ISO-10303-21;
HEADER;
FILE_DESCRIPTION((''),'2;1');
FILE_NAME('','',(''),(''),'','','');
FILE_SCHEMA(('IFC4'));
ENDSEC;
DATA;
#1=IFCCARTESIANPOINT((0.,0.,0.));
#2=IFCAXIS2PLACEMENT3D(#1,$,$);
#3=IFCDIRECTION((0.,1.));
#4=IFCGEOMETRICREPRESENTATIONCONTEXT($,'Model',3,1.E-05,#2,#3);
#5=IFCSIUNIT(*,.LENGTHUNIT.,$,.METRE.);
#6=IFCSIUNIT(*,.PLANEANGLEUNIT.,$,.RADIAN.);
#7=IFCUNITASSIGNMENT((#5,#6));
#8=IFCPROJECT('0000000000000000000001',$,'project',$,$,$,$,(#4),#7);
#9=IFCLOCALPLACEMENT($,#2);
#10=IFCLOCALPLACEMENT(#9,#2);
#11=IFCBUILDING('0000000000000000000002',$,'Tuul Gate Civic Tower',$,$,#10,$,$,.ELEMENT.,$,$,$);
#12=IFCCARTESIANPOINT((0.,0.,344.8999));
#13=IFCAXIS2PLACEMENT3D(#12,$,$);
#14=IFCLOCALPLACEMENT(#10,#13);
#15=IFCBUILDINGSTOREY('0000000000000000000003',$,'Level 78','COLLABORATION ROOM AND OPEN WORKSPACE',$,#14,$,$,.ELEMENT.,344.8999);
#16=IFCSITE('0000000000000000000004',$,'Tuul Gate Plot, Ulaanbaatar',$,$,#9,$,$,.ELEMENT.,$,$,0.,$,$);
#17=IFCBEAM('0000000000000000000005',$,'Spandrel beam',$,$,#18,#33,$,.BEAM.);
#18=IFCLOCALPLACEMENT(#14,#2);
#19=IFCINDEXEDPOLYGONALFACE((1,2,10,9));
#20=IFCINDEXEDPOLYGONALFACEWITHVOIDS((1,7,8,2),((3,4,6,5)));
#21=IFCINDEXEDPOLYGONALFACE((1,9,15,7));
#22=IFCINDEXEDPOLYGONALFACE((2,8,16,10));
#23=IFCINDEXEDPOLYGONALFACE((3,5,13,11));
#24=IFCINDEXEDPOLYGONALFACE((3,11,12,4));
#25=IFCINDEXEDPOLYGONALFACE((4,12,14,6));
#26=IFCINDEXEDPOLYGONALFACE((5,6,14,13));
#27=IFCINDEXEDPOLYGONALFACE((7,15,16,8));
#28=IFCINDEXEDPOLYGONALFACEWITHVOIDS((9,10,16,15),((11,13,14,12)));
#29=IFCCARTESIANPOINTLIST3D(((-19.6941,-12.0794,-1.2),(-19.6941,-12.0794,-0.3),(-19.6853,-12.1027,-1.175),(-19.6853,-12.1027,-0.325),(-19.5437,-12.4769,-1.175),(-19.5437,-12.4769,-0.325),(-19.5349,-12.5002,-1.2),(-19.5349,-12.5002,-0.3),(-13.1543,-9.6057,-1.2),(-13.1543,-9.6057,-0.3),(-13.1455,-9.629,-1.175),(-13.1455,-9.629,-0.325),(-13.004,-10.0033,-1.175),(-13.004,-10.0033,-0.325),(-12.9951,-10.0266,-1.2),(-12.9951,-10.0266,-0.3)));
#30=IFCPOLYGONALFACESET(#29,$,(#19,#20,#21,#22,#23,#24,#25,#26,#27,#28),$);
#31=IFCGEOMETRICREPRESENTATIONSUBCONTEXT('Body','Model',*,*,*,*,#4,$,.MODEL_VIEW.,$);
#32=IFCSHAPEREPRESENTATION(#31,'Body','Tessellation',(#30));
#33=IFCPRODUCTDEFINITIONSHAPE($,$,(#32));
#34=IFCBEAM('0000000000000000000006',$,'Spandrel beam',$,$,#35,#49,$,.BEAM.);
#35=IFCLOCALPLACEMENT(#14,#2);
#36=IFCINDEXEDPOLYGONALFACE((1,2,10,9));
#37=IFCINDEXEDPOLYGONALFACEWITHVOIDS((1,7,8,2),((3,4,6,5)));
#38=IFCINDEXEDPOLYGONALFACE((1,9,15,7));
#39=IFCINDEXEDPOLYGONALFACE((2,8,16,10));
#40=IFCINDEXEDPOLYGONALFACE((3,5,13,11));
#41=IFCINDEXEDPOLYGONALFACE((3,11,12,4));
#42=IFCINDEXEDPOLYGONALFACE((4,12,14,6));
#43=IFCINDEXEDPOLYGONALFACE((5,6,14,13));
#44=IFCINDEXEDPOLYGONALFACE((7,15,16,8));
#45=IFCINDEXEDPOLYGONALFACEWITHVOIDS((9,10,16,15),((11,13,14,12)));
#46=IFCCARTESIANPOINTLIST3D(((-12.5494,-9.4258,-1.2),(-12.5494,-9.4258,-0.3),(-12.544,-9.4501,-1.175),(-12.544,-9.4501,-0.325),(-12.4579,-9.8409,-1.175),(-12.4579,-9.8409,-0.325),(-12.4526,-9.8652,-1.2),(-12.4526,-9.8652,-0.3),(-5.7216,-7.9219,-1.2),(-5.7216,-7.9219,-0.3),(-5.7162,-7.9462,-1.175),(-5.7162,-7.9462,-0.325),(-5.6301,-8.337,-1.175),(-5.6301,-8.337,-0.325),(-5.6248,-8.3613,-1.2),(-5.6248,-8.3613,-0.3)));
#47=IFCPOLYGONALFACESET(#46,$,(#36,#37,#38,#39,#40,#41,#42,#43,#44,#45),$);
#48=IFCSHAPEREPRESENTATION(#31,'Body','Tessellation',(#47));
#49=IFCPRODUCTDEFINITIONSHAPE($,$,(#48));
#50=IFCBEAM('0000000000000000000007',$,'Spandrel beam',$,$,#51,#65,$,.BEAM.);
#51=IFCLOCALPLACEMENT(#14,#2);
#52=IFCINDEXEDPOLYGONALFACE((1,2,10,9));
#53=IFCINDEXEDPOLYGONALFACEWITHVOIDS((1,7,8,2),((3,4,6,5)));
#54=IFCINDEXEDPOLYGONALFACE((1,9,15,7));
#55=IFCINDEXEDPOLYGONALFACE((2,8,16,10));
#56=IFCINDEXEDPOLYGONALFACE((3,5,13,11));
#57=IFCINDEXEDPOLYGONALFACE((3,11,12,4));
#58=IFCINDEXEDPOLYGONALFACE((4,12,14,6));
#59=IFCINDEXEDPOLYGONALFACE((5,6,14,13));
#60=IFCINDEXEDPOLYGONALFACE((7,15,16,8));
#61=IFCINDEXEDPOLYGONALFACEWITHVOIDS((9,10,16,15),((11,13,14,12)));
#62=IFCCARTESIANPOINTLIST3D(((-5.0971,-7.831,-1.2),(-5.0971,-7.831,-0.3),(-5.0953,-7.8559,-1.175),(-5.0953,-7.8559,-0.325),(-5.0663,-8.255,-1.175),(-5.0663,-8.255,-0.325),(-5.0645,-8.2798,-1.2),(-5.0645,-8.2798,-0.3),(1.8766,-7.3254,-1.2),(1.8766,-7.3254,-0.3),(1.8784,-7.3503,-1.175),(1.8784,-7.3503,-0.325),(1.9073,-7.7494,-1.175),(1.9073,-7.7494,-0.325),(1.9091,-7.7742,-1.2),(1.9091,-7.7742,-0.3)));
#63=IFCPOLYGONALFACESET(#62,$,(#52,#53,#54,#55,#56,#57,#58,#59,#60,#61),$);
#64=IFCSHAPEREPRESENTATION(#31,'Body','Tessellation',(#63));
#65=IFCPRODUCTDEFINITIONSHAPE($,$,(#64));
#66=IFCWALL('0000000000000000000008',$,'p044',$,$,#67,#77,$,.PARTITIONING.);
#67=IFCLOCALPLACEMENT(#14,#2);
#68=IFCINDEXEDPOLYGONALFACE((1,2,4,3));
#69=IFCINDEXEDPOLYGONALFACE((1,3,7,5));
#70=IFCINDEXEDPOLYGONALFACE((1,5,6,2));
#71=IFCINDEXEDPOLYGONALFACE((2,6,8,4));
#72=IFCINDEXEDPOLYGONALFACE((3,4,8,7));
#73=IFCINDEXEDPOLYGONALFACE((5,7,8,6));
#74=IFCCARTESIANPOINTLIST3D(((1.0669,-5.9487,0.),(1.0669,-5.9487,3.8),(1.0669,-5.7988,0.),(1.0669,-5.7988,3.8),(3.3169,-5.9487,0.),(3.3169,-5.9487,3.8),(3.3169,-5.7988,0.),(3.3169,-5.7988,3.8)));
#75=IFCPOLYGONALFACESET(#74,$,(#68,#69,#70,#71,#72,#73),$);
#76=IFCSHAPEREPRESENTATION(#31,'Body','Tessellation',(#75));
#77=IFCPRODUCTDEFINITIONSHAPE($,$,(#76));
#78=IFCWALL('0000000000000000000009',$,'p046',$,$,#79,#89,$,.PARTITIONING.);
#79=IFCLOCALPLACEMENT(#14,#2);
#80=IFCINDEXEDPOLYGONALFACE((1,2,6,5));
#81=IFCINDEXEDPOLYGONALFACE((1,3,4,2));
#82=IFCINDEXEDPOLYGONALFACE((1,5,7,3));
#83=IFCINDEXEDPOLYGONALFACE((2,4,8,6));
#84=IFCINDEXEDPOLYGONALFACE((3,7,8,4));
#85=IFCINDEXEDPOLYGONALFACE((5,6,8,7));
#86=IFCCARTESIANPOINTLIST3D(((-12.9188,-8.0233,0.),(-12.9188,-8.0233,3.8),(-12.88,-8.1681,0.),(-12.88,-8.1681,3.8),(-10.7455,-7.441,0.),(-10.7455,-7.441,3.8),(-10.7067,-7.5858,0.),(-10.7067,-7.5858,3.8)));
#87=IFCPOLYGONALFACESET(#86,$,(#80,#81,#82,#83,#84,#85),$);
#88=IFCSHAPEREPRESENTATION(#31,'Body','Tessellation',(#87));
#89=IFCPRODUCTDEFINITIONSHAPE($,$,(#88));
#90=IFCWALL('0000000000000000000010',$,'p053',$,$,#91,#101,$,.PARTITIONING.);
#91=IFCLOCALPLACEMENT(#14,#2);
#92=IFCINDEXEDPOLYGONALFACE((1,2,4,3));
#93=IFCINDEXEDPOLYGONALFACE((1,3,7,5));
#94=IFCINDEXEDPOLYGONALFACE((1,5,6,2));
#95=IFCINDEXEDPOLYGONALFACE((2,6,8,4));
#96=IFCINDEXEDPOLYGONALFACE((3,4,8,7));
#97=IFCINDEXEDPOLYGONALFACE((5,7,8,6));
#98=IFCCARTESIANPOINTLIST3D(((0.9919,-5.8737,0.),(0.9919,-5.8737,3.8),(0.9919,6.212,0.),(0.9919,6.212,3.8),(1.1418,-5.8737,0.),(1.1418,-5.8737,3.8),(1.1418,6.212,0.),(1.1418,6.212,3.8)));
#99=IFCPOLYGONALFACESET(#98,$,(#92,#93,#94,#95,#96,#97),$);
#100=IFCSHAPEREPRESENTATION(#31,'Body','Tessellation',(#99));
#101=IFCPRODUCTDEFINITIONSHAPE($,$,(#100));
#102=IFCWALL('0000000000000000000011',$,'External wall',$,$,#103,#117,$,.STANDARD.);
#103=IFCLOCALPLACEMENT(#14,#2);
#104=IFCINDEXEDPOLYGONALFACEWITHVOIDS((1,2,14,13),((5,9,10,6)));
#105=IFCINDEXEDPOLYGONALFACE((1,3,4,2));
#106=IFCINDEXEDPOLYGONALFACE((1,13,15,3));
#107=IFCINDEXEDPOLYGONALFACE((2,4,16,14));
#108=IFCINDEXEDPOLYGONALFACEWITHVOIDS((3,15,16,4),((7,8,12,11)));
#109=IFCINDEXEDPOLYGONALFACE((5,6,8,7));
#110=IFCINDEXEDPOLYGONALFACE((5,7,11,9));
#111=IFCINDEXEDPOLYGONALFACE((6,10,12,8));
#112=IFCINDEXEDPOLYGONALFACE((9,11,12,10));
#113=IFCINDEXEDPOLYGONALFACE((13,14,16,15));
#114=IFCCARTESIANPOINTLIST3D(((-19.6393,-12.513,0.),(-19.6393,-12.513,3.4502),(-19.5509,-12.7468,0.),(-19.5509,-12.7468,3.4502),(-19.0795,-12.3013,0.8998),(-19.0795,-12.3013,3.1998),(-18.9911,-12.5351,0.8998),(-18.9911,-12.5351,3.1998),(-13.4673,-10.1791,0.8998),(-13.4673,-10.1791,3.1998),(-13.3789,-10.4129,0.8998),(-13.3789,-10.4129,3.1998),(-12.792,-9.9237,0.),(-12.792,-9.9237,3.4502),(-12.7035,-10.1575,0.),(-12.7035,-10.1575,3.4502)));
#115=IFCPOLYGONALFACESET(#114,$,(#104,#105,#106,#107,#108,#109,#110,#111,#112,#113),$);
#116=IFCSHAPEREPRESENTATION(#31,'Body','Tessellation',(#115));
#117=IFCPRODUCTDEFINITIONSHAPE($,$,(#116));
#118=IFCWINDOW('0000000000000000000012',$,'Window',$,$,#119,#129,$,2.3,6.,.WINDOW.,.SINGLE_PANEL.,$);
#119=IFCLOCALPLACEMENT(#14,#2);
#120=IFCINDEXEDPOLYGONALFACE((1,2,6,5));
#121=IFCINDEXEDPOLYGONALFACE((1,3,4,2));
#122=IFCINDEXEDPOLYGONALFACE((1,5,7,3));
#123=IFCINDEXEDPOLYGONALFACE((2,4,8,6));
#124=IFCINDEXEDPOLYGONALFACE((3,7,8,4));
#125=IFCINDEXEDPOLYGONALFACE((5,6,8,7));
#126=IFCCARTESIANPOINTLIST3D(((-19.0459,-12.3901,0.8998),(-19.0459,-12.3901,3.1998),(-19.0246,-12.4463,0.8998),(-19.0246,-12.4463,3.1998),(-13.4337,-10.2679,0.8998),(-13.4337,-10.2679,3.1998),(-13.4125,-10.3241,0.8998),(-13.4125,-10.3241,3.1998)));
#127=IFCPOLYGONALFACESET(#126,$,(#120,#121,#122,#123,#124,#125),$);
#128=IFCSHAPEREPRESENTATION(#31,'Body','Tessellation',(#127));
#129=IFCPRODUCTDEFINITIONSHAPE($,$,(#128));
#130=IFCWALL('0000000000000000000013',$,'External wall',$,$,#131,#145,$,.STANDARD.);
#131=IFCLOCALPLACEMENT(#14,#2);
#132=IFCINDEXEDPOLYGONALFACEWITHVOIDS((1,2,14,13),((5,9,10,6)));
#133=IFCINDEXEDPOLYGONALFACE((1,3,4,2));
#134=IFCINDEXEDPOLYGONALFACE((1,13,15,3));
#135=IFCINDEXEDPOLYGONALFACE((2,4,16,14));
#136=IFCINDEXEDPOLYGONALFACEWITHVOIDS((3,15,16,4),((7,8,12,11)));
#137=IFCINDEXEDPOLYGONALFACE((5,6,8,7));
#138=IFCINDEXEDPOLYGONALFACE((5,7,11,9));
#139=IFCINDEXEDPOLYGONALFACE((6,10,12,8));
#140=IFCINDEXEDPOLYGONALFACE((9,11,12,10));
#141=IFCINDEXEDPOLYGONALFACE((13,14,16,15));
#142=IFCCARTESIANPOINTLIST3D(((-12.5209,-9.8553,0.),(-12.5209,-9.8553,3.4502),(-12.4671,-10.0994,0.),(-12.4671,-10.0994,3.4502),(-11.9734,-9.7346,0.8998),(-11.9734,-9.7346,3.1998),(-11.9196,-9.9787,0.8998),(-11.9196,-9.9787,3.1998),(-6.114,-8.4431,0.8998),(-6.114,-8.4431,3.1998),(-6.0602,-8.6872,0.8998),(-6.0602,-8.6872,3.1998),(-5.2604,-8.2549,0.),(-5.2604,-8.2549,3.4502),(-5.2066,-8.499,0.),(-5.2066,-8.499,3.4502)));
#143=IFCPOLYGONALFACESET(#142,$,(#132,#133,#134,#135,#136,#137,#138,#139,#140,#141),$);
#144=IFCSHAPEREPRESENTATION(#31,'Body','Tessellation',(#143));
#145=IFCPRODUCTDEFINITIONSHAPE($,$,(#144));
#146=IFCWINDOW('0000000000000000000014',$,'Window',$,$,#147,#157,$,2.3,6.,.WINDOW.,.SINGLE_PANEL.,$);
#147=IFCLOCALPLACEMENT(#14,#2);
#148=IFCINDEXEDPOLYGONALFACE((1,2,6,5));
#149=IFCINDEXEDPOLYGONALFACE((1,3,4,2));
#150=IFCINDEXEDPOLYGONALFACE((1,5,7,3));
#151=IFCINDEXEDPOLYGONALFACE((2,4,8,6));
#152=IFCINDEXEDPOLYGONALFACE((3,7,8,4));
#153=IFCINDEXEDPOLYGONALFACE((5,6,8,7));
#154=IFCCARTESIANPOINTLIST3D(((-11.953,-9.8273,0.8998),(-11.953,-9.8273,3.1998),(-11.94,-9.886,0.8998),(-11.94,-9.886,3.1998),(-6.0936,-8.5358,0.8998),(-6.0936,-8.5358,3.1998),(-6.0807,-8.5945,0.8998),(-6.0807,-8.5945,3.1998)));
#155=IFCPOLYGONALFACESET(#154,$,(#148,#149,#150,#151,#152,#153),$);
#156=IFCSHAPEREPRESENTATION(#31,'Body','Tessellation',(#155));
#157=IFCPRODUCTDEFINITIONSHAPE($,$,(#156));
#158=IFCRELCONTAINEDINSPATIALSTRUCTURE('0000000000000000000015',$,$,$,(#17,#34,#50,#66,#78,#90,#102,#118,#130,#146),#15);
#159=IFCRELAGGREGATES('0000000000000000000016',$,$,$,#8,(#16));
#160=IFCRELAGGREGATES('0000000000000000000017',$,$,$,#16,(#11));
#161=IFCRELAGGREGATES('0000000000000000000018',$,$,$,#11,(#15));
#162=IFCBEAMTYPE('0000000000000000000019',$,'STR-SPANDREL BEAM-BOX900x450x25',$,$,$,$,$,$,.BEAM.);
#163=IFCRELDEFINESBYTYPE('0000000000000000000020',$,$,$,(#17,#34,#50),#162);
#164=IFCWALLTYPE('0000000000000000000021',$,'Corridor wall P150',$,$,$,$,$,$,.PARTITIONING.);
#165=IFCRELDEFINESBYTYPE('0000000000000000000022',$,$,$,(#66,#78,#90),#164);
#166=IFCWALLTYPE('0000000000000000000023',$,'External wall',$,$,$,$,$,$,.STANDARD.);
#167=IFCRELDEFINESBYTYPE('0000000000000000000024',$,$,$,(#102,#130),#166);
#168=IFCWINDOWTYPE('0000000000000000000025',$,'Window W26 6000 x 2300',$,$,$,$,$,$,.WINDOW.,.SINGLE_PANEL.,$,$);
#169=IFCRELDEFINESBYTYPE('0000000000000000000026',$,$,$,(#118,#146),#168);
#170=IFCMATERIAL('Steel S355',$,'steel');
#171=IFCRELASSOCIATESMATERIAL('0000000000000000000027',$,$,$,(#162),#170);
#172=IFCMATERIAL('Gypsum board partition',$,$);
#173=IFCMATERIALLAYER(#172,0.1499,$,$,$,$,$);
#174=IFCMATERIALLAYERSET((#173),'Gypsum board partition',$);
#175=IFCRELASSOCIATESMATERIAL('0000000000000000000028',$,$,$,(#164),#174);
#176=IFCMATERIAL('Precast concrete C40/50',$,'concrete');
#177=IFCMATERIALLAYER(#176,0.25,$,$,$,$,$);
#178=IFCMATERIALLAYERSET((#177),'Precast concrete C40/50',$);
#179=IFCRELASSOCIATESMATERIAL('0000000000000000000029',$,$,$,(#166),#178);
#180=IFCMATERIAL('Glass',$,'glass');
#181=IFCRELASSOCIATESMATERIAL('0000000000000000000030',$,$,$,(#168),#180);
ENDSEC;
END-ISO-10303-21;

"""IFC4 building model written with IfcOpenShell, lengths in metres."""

from ifc_helpers import new_model, si_unit, direction, frame, frame_2d, origin, origin_2d, place, context, subcontext, project, spatial, rectangle, hollow_rectangle, extrude, material, layer, layer_set, material_profile, profile_set, type_object, element, fill, save


model = new_model("IFC4")

# Units and contexts
model_context = context("Model", 3, precision=1e-05, world=origin(), true_north=direction((0.0, 1.0)))
body_context = subcontext(model_context, "Body", "Model", "MODEL_VIEW")
ifc_project = project(units=[si_unit("LENGTHUNIT", "METRE"), si_unit("PLANEANGLEUNIT", "RADIAN")], contexts=[model_context])

# Site, building, storey
site_placement = place(None, origin())
site = spatial("IfcSite", under=ifc_project, at=site_placement, Name="Tuul Gate Plot, Ulaanbaatar", CompositionType="ELEMENT", RefElevation=0.0)
building_placement = place(site_placement, origin())
building = spatial("IfcBuilding", under=site, at=building_placement, Name="Tuul Gate Civic Tower", CompositionType="ELEMENT")
storey_placement = place(building_placement, frame((0.0, 0.0, 344.8999)))
storey = spatial("IfcBuildingStorey", under=building, at=storey_placement, Name="Level 78", Description="COLLABORATION ROOM AND OPEN WORKSPACE", CompositionType="ELEMENT", Elevation=344.8999)

# Beams
ifc_material_1 = material(Name="Steel S355", Category="steel")
ifc_material_profile_1 = material_profile(ifc_material_1, hollow_rectangle(XDim=0.45, YDim=0.8999, WallThickness=0.0249, at=origin_2d()), Name="BOX900x450x25")
ifc_profile_set_1 = profile_set([ifc_material_profile_1], Name="Steel S355")
beam_type_1 = type_object("IfcBeamType", Name="STR-SPANDREL BEAM-BOX900x450x25", PredefinedType="BEAM", material=ifc_profile_set_1)
beam_1_placement = place(storey_placement, frame((-19.6145, -12.2898, -0.75), z_axis=(0.935328, 0.353781, 0.0), x_axis=(-0.353781, 0.935328, 0.0)))
element("IfcBeam", 1, at=beam_1_placement, inside=storey, type_object=beam_type_1, Name="Spandrel beam", PredefinedType="BEAM", context=body_context, shape_type="SweptSolid", body=[
    extrude(hollow_rectangle(XDim=0.45, YDim=0.8999, WallThickness=0.0249, at=origin_2d()), origin(), (0.0, 0.0, 1.0), 6.9919),
])
beam_2_placement = place(storey_placement, frame((-12.501, -9.6455, -0.75), z_axis=(0.976591, 0.215104, 0.0), x_axis=(-0.215104, 0.976591, 0.0)))
element("IfcBeam", 2, at=beam_2_placement, inside=storey, type_object=beam_type_1, Name="Spandrel beam", PredefinedType="BEAM", context=body_context, shape_type="SweptSolid", body=[
    extrude(hollow_rectangle(XDim=0.45, YDim=0.8999, WallThickness=0.0249, at=origin_2d()), origin(), (0.0, 0.0, 1.0), 6.9915),
])
beam_3_placement = place(storey_placement, frame((-5.0808, -8.0554, -0.75), z_axis=(0.997382, 0.072314, 0.0), x_axis=(-0.072314, 0.997382, 0.0)))
element("IfcBeam", 3, at=beam_3_placement, inside=storey, type_object=beam_type_1, Name="Spandrel beam", PredefinedType="BEAM", context=body_context, shape_type="SweptSolid", body=[
    extrude(hollow_rectangle(XDim=0.45, YDim=0.8999, WallThickness=0.0249, at=origin_2d()), origin(), (0.0, 0.0, 1.0), 6.9919),
])

# Walls
ifc_material_2 = material(Name="Gypsum board partition")
ifc_layer_1 = layer(ifc_material_2, 0.1499)
ifc_layer_set_1 = layer_set([ifc_layer_1], Name="Gypsum board partition")
wall_type_1 = type_object("IfcWallType", Name="Corridor wall P150", PredefinedType="PARTITIONING", material=ifc_layer_set_1)
for number, where, z_axis, x_axis, name in (
    (4, (1.0669, -5.8738, 0.0), (0.0, 0.0, 1.0), (1.0, 0.0, 0.0), "p044"),
    (5, (-12.8994, -8.0957, 0.0), (0.0, 0.0, 1.0), (0.965934, 0.25879, 0.0), "p046"),
):
    element("IfcWall", number, at=place(storey_placement, frame(where, z_axis=z_axis, x_axis=x_axis)), inside=storey, type_object=wall_type_1, Name=name, PredefinedType="PARTITIONING", context=body_context, shape_type="SweptSolid", body=[
        extrude(rectangle(XDim=2.25, YDim=0.1499, at=frame_2d((1.125, 0.0))), origin(), (0.0, 0.0, 1.0), 3.8),
    ])
wall_1_placement = place(storey_placement, frame((1.0669, -5.8738, 0.0), z_axis=(0.0, 0.0, 1.0), x_axis=(0.0, 1.0, 0.0)))
element("IfcWall", 6, at=wall_1_placement, inside=storey, type_object=wall_type_1, Name="p053", PredefinedType="PARTITIONING", context=body_context, shape_type="SweptSolid", body=[
    extrude(rectangle(XDim=12.0857, YDim=0.1499, at=frame_2d((6.043, 0.0))), origin(), (0.0, 0.0, 1.0), 3.8),
])

# Walls, openings, windows
ifc_material_3 = material(Name="Precast concrete C40/50", Category="concrete")
ifc_layer_2 = layer(ifc_material_3, 0.25)
ifc_layer_set_2 = layer_set([ifc_layer_2], Name="Precast concrete C40/50")
wall_type_2 = type_object("IfcWallType", Name="External wall", PredefinedType="STANDARD", material=ifc_layer_set_2)
wall_2_placement = place(storey_placement, frame((-19.595, -12.6299, 0.0), z_axis=(0.0, 0.0, 1.0), x_axis=(0.935357, 0.353706, 0.0)))
wall_2 = element("IfcWall", 7, at=wall_2_placement, inside=storey, type_object=wall_type_2, Name="External wall", PredefinedType="STANDARD", context=body_context, shape_type="SweptSolid", body=[
    extrude(rectangle(XDim=7.3206, YDim=0.25, at=frame_2d((3.6602, 0.0))), origin(), (0.0, 0.0, 1.0), 3.4502),
])
opening_1_placement = place(wall_2_placement, frame((0.5984, 0.0, 0.8999)))
opening_1 = element("IfcOpeningElement", 8, at=opening_1_placement, cuts=wall_2, PredefinedType="OPENING", context=body_context, shape_type="SweptSolid", body=[
    extrude(rectangle(XDim=6.0, YDim=2.3, at=frame_2d((3.0, 1.1499))), frame((0.0, 0.135, 0.0), z_axis=(0.0, -1.0, 0.0), x_axis=(1.0, 0.0, 0.0)), (0.0, 0.0, 1.0), 0.27),
])
ifc_material_4 = material(Name="Glass", Category="glass")
window_type = type_object("IfcWindowType", Name="Window W26 6000 x 2300", PartitioningType="SINGLE_PANEL", PredefinedType="WINDOW", material=ifc_material_4)
window_1_placement = place(opening_1_placement, origin())
window_1 = element("IfcWindow", 9, at=window_1_placement, inside=storey, type_object=window_type, Name="Window", OverallHeight=2.3, OverallWidth=6.0, PartitioningType="SINGLE_PANEL", PredefinedType="WINDOW", context=body_context, shape_type="SweptSolid", body=[
    extrude(rectangle(XDim=6.0, YDim=2.3, at=frame_2d((3.0, 1.1499))), frame((0.0, 0.03, 0.0), z_axis=(0.0, -1.0, 0.0), x_axis=(1.0, 0.0, 0.0)), (0.0, 0.0, 1.0), 0.0601),
])
fill(opening_1, window_1)
wall_3_placement = place(storey_placement, frame((-12.4939, -9.9773, 0.0), z_axis=(0.0, 0.0, 1.0), x_axis=(0.976559, 0.215251, 0.0)))
wall_3 = element("IfcWall", 10, at=wall_3_placement, inside=storey, type_object=wall_type_2, Name="External wall", PredefinedType="STANDARD", context=body_context, shape_type="SweptSolid", body=[
    extrude(rectangle(XDim=7.4348, YDim=0.25, at=frame_2d((3.7173, 0.0))), origin(), (0.0, 0.0, 1.0), 3.4502),
])
opening_2_placement = place(wall_3_placement, frame((0.5605, 0.0, 0.8999)))
opening_2 = element("IfcOpeningElement", 11, at=opening_2_placement, cuts=wall_3, PredefinedType="OPENING", context=body_context, shape_type="SweptSolid", body=[
    extrude(rectangle(XDim=6.0, YDim=2.3, at=frame_2d((3.0, 1.1499))), frame((0.0, 0.135, 0.0), z_axis=(0.0, -1.0, 0.0), x_axis=(1.0, 0.0, 0.0)), (0.0, 0.0, 1.0), 0.27),
])
window_2_placement = place(opening_2_placement, origin())
window_2 = element("IfcWindow", 12, at=window_2_placement, inside=storey, type_object=window_type, Name="Window", OverallHeight=2.3, OverallWidth=6.0, PartitioningType="SINGLE_PANEL", PredefinedType="WINDOW", context=body_context, shape_type="SweptSolid", body=[
    extrude(rectangle(XDim=6.0, YDim=2.3, at=frame_2d((3.0, 1.1499))), frame((0.0, 0.03, 0.0), z_axis=(0.0, -1.0, 0.0), x_axis=(1.0, 0.0, 0.0)), (0.0, 0.0, 1.0), 0.0601),
])
fill(opening_2, window_2)

save(model, "model.ifc")
